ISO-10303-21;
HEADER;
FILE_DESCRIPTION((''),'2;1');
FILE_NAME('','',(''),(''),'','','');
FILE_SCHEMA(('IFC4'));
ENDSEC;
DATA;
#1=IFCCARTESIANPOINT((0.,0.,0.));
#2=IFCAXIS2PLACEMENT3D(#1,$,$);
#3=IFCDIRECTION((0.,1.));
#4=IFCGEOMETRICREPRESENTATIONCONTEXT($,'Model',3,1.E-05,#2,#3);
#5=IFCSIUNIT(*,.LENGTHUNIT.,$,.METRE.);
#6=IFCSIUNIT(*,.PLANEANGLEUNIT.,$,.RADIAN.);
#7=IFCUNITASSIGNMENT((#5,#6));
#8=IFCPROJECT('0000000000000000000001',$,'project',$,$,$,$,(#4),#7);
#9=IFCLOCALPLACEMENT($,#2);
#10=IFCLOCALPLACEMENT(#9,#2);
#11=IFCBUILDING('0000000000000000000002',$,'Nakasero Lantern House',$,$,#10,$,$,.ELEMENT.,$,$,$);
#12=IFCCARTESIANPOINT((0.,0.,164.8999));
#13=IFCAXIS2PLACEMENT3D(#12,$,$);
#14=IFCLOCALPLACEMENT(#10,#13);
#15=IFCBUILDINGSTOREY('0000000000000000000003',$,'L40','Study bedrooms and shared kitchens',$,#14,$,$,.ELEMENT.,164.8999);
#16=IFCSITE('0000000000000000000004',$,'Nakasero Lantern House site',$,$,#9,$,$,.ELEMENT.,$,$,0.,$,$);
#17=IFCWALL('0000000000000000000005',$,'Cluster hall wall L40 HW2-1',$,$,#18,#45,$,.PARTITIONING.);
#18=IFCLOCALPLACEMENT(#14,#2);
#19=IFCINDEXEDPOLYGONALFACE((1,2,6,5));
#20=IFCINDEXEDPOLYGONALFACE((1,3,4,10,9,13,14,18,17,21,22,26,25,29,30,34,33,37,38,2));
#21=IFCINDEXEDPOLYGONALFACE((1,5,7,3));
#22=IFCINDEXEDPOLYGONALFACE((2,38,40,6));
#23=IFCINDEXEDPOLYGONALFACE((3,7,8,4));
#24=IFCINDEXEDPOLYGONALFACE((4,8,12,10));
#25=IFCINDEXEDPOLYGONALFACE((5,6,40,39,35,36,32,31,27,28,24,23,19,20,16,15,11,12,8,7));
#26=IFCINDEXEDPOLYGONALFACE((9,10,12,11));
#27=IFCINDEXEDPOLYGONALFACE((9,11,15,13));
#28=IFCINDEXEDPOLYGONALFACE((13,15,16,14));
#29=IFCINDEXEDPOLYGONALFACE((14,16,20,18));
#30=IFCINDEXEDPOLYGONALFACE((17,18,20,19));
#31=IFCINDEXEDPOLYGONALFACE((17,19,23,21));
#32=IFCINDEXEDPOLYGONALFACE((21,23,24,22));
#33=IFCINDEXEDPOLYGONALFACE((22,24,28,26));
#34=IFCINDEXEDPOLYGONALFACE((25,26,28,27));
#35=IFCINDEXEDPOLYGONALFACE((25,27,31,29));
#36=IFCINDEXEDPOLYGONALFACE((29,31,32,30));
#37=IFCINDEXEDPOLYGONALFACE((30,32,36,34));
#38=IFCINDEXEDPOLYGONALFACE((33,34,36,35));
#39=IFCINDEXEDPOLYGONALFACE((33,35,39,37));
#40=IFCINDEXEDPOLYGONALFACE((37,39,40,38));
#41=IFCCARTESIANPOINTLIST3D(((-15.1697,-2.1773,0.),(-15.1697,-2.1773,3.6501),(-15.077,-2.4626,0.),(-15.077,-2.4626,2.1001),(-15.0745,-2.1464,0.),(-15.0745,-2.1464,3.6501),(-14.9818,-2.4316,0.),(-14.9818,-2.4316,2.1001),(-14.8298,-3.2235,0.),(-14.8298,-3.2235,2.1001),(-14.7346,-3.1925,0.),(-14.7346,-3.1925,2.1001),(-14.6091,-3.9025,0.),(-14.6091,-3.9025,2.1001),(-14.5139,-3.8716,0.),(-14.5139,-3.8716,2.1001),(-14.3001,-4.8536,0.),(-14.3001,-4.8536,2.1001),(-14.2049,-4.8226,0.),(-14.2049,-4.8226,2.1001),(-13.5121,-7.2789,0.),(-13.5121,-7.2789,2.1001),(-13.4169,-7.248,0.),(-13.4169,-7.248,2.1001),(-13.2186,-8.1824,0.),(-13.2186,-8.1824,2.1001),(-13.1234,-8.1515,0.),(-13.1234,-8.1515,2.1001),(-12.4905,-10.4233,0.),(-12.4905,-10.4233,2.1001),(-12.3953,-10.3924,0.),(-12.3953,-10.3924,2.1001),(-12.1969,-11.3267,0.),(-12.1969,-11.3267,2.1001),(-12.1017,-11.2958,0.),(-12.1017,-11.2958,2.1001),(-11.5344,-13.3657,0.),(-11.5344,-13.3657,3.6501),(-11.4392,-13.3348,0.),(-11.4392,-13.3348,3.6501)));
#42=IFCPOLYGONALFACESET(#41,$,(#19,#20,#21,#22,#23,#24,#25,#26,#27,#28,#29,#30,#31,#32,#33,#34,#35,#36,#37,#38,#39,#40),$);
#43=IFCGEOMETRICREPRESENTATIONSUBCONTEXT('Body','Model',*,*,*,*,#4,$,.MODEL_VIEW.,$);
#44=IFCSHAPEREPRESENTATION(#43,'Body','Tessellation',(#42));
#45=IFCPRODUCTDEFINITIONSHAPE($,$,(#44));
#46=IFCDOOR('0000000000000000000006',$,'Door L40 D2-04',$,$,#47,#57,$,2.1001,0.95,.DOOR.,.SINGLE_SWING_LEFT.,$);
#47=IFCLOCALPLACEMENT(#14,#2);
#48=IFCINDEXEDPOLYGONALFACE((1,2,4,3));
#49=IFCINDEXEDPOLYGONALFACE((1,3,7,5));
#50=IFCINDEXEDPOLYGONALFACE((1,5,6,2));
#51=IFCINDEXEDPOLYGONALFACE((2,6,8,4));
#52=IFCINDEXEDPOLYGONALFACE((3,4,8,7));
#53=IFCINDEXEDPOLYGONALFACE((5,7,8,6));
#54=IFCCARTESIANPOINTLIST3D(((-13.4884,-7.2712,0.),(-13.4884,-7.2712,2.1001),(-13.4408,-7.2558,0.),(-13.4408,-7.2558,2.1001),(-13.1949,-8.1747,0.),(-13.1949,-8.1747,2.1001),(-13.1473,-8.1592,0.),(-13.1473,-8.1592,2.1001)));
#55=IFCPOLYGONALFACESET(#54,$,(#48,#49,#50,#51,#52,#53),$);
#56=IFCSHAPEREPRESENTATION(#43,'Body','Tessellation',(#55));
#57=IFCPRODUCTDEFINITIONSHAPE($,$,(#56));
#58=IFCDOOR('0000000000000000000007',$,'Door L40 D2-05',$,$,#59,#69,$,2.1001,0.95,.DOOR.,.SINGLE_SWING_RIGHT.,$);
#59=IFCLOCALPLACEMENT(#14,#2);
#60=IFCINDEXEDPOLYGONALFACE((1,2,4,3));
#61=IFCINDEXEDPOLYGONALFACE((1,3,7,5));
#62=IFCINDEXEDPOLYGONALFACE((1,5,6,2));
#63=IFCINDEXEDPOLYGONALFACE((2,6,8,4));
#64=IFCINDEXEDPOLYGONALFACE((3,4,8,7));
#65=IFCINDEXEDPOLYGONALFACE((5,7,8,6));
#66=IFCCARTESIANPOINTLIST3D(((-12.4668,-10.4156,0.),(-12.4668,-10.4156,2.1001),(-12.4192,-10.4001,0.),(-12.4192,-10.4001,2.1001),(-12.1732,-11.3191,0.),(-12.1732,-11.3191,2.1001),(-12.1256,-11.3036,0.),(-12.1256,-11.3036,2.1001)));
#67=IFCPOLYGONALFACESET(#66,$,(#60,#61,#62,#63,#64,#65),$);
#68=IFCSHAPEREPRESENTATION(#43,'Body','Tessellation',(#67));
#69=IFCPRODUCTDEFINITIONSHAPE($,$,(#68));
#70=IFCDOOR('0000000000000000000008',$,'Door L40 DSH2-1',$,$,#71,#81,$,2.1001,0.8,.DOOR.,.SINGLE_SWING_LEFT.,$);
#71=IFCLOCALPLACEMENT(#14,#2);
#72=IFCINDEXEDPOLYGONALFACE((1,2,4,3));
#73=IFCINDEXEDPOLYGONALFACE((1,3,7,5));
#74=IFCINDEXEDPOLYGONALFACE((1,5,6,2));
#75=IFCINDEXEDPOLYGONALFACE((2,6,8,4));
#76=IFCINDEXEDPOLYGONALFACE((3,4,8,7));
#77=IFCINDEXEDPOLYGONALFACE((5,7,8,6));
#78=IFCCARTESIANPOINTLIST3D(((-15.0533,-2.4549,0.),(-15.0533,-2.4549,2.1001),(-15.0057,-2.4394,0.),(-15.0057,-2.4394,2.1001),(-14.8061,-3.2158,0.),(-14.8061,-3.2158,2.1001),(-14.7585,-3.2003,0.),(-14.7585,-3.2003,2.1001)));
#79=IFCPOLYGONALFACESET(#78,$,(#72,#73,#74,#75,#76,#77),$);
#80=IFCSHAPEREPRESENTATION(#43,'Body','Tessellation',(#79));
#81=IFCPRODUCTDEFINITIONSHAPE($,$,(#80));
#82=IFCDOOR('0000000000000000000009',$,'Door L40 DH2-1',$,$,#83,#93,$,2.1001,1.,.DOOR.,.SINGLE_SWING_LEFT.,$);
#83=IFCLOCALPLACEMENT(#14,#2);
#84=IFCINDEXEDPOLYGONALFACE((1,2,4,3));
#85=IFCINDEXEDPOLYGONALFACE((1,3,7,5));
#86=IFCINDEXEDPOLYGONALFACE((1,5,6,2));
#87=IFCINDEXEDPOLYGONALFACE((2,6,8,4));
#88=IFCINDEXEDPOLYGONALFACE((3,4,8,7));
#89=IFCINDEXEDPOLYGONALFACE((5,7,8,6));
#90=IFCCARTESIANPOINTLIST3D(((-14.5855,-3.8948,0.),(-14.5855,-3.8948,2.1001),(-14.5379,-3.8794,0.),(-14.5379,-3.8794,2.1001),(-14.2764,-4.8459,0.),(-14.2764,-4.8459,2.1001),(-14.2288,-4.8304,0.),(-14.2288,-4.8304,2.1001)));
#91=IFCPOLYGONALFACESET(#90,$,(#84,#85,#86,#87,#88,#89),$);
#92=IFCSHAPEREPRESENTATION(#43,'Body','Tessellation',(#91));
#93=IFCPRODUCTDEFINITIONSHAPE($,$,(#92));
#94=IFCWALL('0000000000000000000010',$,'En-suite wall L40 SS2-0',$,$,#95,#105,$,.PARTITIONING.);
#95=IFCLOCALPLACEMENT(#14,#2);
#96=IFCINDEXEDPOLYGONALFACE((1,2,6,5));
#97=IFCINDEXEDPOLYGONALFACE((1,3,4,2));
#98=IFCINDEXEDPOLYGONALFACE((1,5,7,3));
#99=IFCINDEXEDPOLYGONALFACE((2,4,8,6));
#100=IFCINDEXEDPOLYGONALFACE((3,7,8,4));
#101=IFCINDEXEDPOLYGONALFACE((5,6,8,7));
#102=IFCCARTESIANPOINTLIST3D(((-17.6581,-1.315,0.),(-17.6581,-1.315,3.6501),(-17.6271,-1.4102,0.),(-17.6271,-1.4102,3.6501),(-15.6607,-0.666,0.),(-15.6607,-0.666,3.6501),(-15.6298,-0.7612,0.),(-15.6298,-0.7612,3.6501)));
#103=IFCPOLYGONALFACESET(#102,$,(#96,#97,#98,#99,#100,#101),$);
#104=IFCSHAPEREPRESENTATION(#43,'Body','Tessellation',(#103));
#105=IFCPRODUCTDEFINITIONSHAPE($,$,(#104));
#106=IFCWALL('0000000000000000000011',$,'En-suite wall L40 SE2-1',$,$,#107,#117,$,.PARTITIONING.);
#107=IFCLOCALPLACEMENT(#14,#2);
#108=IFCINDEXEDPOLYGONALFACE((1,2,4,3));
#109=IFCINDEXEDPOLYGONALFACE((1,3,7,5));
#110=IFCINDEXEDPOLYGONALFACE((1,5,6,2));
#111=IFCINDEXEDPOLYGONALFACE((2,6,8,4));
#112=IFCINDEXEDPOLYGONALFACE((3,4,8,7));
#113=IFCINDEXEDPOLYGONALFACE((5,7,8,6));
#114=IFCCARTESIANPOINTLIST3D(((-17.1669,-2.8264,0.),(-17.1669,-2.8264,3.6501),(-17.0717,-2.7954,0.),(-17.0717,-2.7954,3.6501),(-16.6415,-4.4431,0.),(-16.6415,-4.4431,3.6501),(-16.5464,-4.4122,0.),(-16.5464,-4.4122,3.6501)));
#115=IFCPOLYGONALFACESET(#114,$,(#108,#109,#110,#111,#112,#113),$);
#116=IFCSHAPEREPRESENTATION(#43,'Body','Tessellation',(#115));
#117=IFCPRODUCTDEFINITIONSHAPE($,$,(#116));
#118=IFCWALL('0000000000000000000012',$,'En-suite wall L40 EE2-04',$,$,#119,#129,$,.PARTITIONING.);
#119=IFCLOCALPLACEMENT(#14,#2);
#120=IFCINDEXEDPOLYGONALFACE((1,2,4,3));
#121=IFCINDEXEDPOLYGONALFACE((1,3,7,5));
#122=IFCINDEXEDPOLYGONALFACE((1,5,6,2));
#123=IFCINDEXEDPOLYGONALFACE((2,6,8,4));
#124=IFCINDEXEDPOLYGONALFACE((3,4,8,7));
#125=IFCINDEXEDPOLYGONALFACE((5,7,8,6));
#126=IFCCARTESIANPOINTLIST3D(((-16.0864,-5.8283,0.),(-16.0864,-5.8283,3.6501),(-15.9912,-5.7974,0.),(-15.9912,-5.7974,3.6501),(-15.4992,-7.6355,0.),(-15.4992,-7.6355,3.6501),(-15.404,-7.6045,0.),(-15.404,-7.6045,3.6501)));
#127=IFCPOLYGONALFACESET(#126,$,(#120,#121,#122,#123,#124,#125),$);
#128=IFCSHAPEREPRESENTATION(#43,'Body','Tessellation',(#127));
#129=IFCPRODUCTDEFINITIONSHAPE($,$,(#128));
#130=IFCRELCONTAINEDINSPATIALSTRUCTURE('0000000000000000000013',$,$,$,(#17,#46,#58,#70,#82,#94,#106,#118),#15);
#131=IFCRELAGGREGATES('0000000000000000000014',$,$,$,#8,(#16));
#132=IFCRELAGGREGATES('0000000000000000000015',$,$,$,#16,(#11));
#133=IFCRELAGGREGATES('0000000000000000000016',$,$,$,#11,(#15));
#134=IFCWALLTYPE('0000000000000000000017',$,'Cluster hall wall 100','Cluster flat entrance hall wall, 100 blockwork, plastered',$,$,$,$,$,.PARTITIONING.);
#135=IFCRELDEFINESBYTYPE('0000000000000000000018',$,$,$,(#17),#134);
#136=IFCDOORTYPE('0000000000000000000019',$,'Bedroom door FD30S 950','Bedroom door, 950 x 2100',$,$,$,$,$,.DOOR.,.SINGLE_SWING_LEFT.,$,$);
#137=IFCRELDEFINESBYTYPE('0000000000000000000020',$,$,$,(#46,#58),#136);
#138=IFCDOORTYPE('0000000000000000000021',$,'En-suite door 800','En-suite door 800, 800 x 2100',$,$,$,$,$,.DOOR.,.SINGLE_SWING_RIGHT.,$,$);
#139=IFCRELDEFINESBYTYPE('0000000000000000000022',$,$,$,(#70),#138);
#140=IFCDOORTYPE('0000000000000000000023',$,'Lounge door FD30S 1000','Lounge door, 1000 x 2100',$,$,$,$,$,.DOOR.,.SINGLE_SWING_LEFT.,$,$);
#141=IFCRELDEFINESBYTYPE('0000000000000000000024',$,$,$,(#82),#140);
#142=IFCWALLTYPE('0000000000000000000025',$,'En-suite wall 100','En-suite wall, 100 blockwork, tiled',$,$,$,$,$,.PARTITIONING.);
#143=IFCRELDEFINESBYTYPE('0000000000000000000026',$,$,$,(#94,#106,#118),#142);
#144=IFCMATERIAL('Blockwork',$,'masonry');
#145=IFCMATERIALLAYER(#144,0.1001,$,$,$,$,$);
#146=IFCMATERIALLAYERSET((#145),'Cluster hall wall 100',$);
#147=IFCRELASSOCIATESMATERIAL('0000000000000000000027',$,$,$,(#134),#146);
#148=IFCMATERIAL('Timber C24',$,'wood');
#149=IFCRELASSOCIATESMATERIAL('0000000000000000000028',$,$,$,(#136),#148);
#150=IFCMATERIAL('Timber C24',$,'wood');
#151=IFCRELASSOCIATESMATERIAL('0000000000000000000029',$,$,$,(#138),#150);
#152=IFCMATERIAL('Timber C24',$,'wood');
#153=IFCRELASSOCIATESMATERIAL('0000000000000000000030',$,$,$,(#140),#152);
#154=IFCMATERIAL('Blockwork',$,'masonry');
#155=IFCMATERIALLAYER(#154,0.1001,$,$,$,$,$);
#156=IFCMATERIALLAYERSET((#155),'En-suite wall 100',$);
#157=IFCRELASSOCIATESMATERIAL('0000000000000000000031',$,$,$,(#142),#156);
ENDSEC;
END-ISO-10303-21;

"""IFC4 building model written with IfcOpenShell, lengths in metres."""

from ifc_helpers import new_model, si_unit, direction, frame, frame_2d, origin, place, context, subcontext, project, spatial, rectangle, extrude, material, layer, layer_set, type_object, element, fill, save


model = new_model("IFC4")

# Units and contexts
model_context = context("Model", 3, precision=1e-05, world=origin(), true_north=direction((0.0, 1.0)))
body_context = subcontext(model_context, "Body", "Model", "MODEL_VIEW")
ifc_project = project(units=[si_unit("LENGTHUNIT", "METRE"), si_unit("PLANEANGLEUNIT", "RADIAN")], contexts=[model_context])

# Site, building, storey
site_placement = place(None, origin())
site = spatial("IfcSite", under=ifc_project, at=site_placement, Name="Nakasero Lantern House site", CompositionType="ELEMENT", RefElevation=0.0)
building_placement = place(site_placement, origin())
building = spatial("IfcBuilding", under=site, at=building_placement, Name="Nakasero Lantern House", CompositionType="ELEMENT")
storey_placement = place(building_placement, frame((0.0, 0.0, 164.8999)))
storey = spatial("IfcBuildingStorey", under=building, at=storey_placement, Name="L40", Description="Study bedrooms and shared kitchens", CompositionType="ELEMENT", Elevation=164.8999)

# Wall, openings, doors
ifc_material_1 = material(Name="Blockwork", Category="masonry")
ifc_layer_1 = layer(ifc_material_1, 0.1001)
ifc_layer_set_1 = layer_set([ifc_layer_1], Name="Cluster hall wall 100")
wall_type_1 = type_object("IfcWallType", Name="Cluster hall wall 100", Description="Cluster flat entrance hall wall, 100 blockwork, plastered", PredefinedType="PARTITIONING", material=ifc_layer_set_1)
wall_1_placement = place(storey_placement, frame((-15.1221, -2.1619, 0.0), z_axis=(0.0, 0.0, 1.0), x_axis=(0.309009, -0.951059, 0.0)))
wall_1 = element("IfcWall", 1, at=wall_1_placement, inside=storey, type_object=wall_type_1, Name="Cluster hall wall L40 HW2-1", PredefinedType="PARTITIONING", context=body_context, shape_type="SweptSolid", body=[
    extrude(rectangle(XDim=11.7642, YDim=0.1001, at=frame_2d((5.8821, 0.0))), origin(), (0.0, 0.0, 1.0), 3.6501),
])
opening_1_placement = place(wall_1_placement, frame((1.814, 0.0, 0.0)))
opening_1 = element("IfcOpeningElement", 2, at=opening_1_placement, cuts=wall_1, PredefinedType="OPENING", context=body_context, shape_type="SweptSolid", body=[
    extrude(rectangle(XDim=1.0, YDim=2.1001, at=frame_2d((0.5, 1.05))), frame((0.0, 0.0701, 0.0), z_axis=(0.0, -1.0, 0.0), x_axis=(1.0, 0.0, 0.0)), (0.0, 0.0, 1.0), 0.1401),
])
opening_2_placement = place(wall_1_placement, frame((0.3, 0.0, 0.0)))
opening_2 = element("IfcOpeningElement", 3, at=opening_2_placement, cuts=wall_1, PredefinedType="OPENING", context=body_context, shape_type="SweptSolid", body=[
    extrude(rectangle(XDim=0.8, YDim=2.1001, at=frame_2d((0.3999, 1.05))), frame((0.0, 0.0701, 0.0), z_axis=(0.0, -1.0, 0.0), x_axis=(1.0, 0.0, 0.0)), (0.0, 0.0, 1.0), 0.1401),
])
opening_3_placement = place(wall_1_placement, frame((5.364, 0.0, 0.0)))
opening_3 = element("IfcOpeningElement", 4, at=opening_3_placement, cuts=wall_1, PredefinedType="OPENING", context=body_context, shape_type="SweptSolid", body=[
    extrude(rectangle(XDim=0.95, YDim=2.1001, at=frame_2d((0.4751, 1.05))), frame((0.0, 0.0701, 0.0), z_axis=(0.0, -1.0, 0.0), x_axis=(1.0, 0.0, 0.0)), (0.0, 0.0, 1.0), 0.1401),
])
opening_4_placement = place(wall_1_placement, frame((8.6702, 0.0, 0.0)))
opening_4 = element("IfcOpeningElement", 5, at=opening_4_placement, cuts=wall_1, PredefinedType="OPENING", context=body_context, shape_type="SweptSolid", body=[
    extrude(rectangle(XDim=0.95, YDim=2.1001, at=frame_2d((0.4751, 1.05))), frame((0.0, 0.0701, 0.0), z_axis=(0.0, -1.0, 0.0), x_axis=(1.0, 0.0, 0.0)), (0.0, 0.0, 1.0), 0.1401),
])
ifc_material_2 = material(Name="Timber C24", Category="wood")
door_type_1 = type_object("IfcDoorType", Name="Bedroom door FD30S 950", Description="Bedroom door, 950 x 2100", OperationType="SINGLE_SWING_LEFT", PredefinedType="DOOR", material=ifc_material_2)
door_1_placement = place(opening_3_placement, origin())
door_1 = element("IfcDoor", 6, at=door_1_placement, inside=storey, type_object=door_type_1, Name="Door L40 D2-04", OperationType="SINGLE_SWING_LEFT", OverallHeight=2.1001, OverallWidth=0.95, PredefinedType="DOOR", context=body_context, shape_type="SweptSolid", body=[
    extrude(rectangle(XDim=0.95, YDim=2.1001, at=frame_2d((0.4751, 1.05))), frame((0.0, 0.0249, 0.0), z_axis=(0.0, -1.0, 0.0), x_axis=(1.0, 0.0, 0.0)), (0.0, 0.0, 1.0), 0.05),
])
fill(opening_3, door_1)
door_2_placement = place(opening_4_placement, origin())
door_2 = element("IfcDoor", 7, at=door_2_placement, inside=storey, type_object=door_type_1, Name="Door L40 D2-05", OperationType="SINGLE_SWING_RIGHT", OverallHeight=2.1001, OverallWidth=0.95, PredefinedType="DOOR", context=body_context, shape_type="SweptSolid", body=[
    extrude(rectangle(XDim=0.95, YDim=2.1001, at=frame_2d((0.4751, 1.05))), frame((0.0, 0.0249, 0.0), z_axis=(0.0, -1.0, 0.0), x_axis=(1.0, 0.0, 0.0)), (0.0, 0.0, 1.0), 0.05),
])
fill(opening_4, door_2)
ifc_material_3 = material(Name="Timber C24", Category="wood")
door_type_2 = type_object("IfcDoorType", Name="En-suite door 800", Description="En-suite door 800, 800 x 2100", OperationType="SINGLE_SWING_RIGHT", PredefinedType="DOOR", material=ifc_material_3)
door_3_placement = place(opening_2_placement, origin())
door_3 = element("IfcDoor", 8, at=door_3_placement, inside=storey, type_object=door_type_2, Name="Door L40 DSH2-1", OperationType="SINGLE_SWING_LEFT", OverallHeight=2.1001, OverallWidth=0.8, PredefinedType="DOOR", context=body_context, shape_type="SweptSolid", body=[
    extrude(rectangle(XDim=0.8, YDim=2.1001, at=frame_2d((0.3999, 1.05))), frame((0.0, 0.0249, 0.0), z_axis=(0.0, -1.0, 0.0), x_axis=(1.0, 0.0, 0.0)), (0.0, 0.0, 1.0), 0.05),
])
fill(opening_2, door_3)
ifc_material_4 = material(Name="Timber C24", Category="wood")
door_type_3 = type_object("IfcDoorType", Name="Lounge door FD30S 1000", Description="Lounge door, 1000 x 2100", OperationType="SINGLE_SWING_LEFT", PredefinedType="DOOR", material=ifc_material_4)
door_4_placement = place(opening_1_placement, origin())
door_4 = element("IfcDoor", 9, at=door_4_placement, inside=storey, type_object=door_type_3, Name="Door L40 DH2-1", OperationType="SINGLE_SWING_LEFT", OverallHeight=2.1001, OverallWidth=1.0, PredefinedType="DOOR", context=body_context, shape_type="SweptSolid", body=[
    extrude(rectangle(XDim=1.0, YDim=2.1001, at=frame_2d((0.5, 1.05))), frame((0.0, 0.0249, 0.0), z_axis=(0.0, -1.0, 0.0), x_axis=(1.0, 0.0, 0.0)), (0.0, 0.0, 1.0), 0.05),
])
fill(opening_1, door_4)

# Walls
ifc_material_5 = material(Name="Blockwork", Category="masonry")
ifc_layer_2 = layer(ifc_material_5, 0.1001)
ifc_layer_set_2 = layer_set([ifc_layer_2], Name="En-suite wall 100")
wall_type_2 = type_object("IfcWallType", Name="En-suite wall 100", Description="En-suite wall, 100 blockwork, tiled", PredefinedType="PARTITIONING", material=ifc_layer_set_2)
wall_2_placement = place(storey_placement, frame((-15.6453, -0.7136, 0.0), z_axis=(0.0, 0.0, 1.0), x_axis=(-0.951062, -0.308999, 0.0)))
element("IfcWall", 10, at=wall_2_placement, inside=storey, type_object=wall_type_2, Name="En-suite wall L40 SS2-0", PredefinedType="PARTITIONING", context=body_context, shape_type="SweptSolid", body=[
    extrude(rectangle(XDim=2.1001, YDim=0.1001, at=frame_2d((1.05, 0.0))), origin(), (0.0, 0.0, 1.0), 3.6501),
])
wall_3_placement = place(storey_placement, frame((-17.1194, -2.8108, 0.0), z_axis=(0.0, 0.0, 1.0), x_axis=(0.309067, -0.95104, 0.0)))
element("IfcWall", 11, at=wall_3_placement, inside=storey, type_object=wall_type_2, Name="En-suite wall L40 SE2-1", PredefinedType="PARTITIONING", context=body_context, shape_type="SweptSolid", body=[
    extrude(rectangle(XDim=1.7, YDim=0.1001, at=frame_2d((0.8501, 0.0))), origin(), (0.0, 0.0, 1.0), 3.6501),
])
wall_4_placement = place(storey_placement, frame((-16.0388, -5.8127, 0.0), z_axis=(0.0, 0.0, 1.0), x_axis=(0.309011, -0.951059, 0.0)))
element("IfcWall", 12, at=wall_4_placement, inside=storey, type_object=wall_type_2, Name="En-suite wall L40 EE2-04", PredefinedType="PARTITIONING", context=body_context, shape_type="SweptSolid", body=[
    extrude(rectangle(XDim=1.9001, YDim=0.1001, at=frame_2d((0.9502, 0.0))), origin(), (0.0, 0.0, 1.0), 3.6501),
])

save(model, "model.ifc")
